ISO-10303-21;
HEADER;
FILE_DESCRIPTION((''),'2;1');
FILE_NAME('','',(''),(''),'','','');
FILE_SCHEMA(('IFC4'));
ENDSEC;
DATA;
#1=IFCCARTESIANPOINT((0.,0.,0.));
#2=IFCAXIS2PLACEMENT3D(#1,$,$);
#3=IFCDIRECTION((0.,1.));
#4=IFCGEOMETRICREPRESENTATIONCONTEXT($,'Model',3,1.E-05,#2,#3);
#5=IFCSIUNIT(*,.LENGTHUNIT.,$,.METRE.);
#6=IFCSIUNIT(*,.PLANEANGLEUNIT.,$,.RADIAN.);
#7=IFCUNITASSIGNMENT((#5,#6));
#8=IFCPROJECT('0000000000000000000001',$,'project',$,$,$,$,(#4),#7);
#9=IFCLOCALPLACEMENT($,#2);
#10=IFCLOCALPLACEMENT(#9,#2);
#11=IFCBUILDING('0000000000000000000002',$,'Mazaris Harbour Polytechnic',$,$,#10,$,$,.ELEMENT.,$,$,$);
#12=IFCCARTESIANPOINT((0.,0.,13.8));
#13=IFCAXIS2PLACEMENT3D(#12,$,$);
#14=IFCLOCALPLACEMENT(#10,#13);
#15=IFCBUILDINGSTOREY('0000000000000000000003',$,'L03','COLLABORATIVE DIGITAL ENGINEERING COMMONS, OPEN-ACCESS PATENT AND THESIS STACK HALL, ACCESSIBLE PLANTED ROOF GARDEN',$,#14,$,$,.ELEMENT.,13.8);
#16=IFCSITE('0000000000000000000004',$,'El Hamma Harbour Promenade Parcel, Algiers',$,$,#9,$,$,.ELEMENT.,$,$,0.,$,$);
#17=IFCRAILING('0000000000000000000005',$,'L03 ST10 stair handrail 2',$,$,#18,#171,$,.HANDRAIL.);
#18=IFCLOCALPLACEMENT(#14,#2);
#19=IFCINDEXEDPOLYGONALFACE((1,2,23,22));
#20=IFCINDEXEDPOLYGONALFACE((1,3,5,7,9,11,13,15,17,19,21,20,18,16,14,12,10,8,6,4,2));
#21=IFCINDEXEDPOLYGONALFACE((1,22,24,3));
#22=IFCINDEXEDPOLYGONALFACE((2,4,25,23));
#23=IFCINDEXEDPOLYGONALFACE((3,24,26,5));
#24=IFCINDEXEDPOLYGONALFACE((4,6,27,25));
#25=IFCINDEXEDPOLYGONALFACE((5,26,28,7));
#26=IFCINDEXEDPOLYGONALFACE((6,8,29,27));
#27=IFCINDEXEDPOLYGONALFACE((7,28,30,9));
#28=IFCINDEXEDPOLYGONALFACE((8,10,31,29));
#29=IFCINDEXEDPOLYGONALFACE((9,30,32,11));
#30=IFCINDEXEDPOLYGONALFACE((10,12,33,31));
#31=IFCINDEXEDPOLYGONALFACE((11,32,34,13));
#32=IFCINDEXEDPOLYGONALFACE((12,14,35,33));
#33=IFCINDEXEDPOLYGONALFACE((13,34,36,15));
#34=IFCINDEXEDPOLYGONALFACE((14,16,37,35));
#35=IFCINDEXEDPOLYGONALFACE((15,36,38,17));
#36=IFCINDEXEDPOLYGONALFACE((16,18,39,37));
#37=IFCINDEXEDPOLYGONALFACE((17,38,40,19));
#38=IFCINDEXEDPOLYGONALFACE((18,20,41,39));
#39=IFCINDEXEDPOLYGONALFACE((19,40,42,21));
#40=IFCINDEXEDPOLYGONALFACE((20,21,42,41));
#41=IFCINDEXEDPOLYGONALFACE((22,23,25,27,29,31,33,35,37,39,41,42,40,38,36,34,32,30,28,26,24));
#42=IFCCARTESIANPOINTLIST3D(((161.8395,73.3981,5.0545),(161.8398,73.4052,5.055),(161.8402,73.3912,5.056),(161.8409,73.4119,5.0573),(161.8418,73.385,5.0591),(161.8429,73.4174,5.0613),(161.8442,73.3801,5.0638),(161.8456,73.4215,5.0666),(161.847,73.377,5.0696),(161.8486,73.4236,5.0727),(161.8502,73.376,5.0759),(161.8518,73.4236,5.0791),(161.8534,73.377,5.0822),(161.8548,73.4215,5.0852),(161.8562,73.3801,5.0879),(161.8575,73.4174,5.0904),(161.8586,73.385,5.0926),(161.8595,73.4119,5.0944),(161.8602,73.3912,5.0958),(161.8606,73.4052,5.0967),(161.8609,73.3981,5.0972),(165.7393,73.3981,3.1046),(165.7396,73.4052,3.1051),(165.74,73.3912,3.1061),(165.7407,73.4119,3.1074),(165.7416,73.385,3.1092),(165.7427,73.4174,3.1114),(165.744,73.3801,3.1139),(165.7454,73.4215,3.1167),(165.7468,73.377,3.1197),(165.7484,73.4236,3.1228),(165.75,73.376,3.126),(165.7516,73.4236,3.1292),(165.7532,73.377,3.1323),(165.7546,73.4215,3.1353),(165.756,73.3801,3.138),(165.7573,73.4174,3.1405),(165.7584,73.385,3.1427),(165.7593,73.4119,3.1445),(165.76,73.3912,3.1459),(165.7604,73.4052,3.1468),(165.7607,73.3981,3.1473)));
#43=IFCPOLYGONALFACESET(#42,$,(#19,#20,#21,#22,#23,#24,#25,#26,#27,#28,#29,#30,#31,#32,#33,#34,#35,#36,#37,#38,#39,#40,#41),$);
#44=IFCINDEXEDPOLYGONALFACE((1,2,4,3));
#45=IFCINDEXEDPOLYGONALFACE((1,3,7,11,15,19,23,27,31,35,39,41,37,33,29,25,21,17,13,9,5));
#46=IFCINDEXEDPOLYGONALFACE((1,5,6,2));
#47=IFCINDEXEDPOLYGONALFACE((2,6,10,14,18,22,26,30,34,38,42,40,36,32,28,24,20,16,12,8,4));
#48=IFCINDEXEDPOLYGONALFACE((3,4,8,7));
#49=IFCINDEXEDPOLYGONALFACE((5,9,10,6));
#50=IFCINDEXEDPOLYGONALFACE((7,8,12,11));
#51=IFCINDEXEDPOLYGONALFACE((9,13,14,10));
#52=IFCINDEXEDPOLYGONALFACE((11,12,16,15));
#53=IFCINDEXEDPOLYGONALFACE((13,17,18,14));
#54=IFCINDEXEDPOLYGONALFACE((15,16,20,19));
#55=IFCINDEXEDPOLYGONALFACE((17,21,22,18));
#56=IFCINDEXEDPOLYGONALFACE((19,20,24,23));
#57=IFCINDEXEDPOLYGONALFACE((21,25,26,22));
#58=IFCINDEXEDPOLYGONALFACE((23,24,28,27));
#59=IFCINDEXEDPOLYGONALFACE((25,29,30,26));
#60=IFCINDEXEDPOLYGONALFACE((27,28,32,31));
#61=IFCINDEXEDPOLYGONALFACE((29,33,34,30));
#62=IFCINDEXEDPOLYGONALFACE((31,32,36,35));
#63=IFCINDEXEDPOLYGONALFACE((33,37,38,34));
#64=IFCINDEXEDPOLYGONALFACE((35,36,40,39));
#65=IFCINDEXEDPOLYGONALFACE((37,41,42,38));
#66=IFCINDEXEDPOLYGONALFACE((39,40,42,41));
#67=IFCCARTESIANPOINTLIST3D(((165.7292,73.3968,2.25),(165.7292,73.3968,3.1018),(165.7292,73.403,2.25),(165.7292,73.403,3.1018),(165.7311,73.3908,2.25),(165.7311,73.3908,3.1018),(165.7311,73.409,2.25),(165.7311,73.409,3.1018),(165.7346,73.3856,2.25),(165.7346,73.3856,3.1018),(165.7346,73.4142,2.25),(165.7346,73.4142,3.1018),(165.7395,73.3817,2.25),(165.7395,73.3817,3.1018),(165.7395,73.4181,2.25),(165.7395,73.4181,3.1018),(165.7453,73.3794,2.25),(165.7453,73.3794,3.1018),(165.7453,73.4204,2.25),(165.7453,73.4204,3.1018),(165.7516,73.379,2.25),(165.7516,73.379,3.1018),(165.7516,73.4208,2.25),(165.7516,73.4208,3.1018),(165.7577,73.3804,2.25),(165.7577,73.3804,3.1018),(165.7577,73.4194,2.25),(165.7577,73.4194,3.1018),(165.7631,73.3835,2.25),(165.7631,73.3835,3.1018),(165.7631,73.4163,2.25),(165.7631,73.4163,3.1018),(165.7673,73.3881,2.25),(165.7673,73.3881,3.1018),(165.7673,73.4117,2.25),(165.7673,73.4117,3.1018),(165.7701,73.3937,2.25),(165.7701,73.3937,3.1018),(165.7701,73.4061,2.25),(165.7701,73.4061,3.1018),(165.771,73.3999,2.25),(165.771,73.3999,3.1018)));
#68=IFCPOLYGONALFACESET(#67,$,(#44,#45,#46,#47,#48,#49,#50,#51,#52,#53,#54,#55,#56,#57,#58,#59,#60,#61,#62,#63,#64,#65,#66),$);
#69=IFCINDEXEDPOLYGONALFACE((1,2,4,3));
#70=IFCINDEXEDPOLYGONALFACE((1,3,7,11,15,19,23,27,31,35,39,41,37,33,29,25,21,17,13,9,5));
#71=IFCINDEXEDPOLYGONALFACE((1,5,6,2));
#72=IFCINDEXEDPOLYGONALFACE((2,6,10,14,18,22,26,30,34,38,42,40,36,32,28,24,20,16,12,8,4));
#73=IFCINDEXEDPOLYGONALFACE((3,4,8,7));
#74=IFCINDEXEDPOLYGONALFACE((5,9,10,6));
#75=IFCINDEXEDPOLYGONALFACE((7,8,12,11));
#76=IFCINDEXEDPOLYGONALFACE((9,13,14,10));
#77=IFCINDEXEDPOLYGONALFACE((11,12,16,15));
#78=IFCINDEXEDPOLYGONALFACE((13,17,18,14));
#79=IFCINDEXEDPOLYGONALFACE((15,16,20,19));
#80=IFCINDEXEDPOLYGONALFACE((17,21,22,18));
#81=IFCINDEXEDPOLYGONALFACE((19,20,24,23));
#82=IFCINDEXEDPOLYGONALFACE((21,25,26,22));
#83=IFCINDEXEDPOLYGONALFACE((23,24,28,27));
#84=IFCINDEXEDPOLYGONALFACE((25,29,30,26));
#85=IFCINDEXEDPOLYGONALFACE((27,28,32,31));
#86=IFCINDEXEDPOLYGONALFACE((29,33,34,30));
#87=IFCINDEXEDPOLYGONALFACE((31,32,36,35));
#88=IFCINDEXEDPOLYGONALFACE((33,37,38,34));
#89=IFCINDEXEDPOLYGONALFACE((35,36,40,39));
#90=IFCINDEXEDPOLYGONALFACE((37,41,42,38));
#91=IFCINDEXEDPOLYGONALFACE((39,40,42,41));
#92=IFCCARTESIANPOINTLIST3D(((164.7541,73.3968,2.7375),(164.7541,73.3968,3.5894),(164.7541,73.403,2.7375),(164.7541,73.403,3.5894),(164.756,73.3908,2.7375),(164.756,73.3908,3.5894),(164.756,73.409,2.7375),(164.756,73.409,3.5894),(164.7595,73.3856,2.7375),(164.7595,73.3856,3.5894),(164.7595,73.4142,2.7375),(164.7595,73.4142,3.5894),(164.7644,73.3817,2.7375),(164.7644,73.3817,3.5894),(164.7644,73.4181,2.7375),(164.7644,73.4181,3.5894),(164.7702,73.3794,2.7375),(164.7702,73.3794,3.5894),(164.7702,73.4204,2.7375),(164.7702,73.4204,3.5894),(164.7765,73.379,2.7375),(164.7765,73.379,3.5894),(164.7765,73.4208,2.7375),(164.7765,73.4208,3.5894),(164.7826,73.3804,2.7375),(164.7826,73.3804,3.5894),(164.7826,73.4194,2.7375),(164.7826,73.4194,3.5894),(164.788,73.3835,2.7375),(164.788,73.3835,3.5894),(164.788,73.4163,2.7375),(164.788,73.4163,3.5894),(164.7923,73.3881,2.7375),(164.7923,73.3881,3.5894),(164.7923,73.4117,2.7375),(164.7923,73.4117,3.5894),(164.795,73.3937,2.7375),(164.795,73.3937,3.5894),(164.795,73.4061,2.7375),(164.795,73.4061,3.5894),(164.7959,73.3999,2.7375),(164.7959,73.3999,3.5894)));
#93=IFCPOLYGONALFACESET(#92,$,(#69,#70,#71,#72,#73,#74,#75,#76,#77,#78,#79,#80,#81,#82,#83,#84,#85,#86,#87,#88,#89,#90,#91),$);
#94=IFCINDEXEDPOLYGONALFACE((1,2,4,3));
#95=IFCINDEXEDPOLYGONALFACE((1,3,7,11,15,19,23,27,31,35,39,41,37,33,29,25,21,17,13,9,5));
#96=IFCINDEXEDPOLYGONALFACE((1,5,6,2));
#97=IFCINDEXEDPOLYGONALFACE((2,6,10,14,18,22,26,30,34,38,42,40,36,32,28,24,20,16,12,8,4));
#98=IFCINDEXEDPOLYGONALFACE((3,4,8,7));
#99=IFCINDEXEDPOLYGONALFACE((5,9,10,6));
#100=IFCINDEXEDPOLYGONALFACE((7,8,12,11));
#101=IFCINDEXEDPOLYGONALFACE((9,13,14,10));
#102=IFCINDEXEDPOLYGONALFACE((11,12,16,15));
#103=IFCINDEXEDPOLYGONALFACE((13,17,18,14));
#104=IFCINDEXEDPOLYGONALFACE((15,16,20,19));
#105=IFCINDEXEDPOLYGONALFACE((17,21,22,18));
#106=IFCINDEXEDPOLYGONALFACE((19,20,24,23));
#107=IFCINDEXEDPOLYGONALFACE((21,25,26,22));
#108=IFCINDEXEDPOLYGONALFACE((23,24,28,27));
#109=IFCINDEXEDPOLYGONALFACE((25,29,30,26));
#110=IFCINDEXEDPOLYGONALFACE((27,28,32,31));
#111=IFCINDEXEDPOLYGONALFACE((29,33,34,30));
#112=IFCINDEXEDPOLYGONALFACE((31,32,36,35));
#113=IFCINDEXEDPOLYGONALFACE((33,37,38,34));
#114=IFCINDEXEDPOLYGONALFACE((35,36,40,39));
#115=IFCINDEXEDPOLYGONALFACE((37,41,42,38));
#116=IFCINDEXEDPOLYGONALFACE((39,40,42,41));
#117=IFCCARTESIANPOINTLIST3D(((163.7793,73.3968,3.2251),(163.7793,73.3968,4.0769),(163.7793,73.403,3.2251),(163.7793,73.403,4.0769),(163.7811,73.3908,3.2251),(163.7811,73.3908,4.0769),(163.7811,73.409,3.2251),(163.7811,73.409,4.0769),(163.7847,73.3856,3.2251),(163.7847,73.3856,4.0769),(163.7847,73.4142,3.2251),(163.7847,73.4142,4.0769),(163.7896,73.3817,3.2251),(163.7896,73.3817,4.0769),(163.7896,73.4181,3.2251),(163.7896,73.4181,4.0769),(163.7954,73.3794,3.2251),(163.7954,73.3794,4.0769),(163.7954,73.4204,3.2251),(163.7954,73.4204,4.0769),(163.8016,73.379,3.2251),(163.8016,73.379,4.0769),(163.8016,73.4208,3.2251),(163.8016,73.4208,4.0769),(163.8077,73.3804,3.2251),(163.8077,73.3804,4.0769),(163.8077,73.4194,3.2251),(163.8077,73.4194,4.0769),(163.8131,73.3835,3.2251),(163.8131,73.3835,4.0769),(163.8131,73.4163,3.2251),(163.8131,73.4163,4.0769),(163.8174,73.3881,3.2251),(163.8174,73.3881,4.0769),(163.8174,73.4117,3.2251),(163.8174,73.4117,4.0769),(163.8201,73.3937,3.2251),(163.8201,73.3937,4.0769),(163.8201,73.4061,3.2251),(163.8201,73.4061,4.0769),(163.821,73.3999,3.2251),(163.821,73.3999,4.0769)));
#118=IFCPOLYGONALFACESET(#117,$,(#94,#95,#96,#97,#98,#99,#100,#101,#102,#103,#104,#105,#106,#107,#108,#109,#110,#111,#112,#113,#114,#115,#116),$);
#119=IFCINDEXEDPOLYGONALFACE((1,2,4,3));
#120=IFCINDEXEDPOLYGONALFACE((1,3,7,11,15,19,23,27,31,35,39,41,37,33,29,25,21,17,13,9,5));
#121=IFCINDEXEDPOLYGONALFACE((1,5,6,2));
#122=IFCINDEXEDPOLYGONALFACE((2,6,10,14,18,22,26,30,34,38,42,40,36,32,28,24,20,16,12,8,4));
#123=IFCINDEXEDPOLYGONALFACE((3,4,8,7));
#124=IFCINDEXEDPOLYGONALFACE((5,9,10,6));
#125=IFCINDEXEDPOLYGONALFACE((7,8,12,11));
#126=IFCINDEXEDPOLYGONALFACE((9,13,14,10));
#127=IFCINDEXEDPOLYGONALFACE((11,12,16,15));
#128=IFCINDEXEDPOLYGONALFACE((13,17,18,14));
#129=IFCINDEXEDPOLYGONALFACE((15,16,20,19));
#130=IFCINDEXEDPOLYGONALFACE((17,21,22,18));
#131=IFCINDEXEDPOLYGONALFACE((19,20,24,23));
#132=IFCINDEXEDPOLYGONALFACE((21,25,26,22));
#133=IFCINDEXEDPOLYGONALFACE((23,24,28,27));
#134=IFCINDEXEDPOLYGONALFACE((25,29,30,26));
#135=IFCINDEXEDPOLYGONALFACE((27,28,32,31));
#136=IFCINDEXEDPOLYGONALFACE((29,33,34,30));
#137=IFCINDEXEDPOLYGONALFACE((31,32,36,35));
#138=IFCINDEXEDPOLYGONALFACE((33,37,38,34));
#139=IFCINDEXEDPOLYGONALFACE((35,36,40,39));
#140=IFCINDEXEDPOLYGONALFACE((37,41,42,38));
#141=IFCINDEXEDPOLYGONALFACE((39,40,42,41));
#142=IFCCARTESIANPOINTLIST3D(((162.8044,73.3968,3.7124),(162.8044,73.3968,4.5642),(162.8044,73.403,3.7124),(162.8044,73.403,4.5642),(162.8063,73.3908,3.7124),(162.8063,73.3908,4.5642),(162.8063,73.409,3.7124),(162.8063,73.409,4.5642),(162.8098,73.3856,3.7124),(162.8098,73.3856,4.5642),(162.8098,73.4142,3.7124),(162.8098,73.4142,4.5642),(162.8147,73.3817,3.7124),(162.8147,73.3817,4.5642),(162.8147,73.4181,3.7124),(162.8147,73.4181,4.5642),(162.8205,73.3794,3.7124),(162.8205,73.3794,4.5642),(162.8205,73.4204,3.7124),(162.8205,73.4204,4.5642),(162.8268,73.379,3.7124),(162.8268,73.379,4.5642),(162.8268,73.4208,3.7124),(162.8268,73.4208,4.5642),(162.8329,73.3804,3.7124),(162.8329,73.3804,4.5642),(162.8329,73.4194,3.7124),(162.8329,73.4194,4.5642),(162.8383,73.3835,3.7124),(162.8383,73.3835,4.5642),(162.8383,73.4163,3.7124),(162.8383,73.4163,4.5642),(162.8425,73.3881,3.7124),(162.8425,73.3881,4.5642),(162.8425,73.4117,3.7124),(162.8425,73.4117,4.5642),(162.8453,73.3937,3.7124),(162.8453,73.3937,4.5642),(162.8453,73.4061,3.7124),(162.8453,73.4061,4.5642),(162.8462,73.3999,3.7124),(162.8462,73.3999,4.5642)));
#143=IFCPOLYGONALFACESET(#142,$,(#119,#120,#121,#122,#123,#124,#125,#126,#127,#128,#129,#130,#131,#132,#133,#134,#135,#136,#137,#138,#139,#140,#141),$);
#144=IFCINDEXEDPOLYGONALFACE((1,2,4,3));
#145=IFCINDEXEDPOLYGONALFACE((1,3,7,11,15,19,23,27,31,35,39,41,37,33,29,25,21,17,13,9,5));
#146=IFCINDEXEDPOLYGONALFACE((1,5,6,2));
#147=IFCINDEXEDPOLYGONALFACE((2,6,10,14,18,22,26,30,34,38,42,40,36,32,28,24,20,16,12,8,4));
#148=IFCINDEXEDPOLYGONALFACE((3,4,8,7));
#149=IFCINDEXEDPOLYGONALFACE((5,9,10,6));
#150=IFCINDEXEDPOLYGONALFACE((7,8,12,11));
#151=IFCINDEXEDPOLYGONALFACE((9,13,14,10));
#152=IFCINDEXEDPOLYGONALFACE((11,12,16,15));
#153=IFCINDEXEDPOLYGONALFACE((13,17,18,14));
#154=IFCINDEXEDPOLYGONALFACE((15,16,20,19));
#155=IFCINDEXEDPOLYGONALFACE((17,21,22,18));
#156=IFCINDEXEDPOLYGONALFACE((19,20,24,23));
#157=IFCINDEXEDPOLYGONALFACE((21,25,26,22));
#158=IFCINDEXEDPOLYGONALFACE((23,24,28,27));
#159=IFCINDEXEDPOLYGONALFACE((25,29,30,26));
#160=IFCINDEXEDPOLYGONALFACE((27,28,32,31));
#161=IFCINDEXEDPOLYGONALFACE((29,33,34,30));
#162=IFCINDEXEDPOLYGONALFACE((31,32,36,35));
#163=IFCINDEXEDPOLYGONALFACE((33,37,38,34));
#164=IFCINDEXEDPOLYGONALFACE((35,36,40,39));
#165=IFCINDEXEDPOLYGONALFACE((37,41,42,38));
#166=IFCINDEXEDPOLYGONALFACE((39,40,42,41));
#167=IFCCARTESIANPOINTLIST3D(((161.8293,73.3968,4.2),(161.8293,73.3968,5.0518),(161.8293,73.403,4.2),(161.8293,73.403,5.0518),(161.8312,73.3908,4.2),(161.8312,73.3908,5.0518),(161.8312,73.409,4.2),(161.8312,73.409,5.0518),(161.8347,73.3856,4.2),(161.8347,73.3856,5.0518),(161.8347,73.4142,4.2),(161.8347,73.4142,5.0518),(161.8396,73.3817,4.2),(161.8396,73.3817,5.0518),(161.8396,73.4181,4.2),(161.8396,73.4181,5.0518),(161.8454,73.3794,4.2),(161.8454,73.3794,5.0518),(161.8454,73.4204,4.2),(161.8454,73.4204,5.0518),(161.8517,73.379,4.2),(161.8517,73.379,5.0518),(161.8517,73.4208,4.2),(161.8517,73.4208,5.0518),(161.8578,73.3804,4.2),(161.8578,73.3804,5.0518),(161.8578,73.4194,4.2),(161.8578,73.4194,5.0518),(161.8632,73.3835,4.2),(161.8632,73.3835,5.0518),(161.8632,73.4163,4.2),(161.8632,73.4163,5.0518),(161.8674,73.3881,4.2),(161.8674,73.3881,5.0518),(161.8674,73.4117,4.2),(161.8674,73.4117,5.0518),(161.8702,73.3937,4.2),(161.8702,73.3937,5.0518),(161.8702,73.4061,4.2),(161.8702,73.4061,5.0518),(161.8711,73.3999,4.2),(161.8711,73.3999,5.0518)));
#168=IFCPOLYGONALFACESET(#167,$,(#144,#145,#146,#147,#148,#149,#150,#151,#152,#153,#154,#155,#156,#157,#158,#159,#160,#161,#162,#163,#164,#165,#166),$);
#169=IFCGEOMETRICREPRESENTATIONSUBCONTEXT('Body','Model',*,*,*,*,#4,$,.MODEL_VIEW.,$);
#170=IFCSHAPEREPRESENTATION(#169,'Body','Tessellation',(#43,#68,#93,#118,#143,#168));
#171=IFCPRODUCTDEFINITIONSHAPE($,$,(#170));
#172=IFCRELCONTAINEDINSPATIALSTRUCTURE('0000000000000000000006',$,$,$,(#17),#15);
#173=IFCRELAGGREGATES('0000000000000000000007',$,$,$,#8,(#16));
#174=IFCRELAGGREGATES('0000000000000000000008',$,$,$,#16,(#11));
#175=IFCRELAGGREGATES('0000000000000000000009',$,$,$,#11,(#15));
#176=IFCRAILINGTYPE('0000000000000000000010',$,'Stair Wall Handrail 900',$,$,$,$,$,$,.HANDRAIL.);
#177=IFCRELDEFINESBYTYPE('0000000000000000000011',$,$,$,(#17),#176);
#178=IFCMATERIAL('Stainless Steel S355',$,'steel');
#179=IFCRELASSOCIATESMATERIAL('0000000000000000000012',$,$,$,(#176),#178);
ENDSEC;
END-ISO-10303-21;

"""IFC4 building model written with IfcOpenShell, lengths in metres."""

from ifc_helpers import new_model, si_unit, direction, frame, origin, origin_2d, place, context, subcontext, project, spatial, circle, extrude, material, type_object, element, save


model = new_model("IFC4")

# Units and contexts
model_context = context("Model", 3, precision=1e-05, world=origin(), true_north=direction((0.0, 1.0)))
body_context = subcontext(model_context, "Body", "Model", "MODEL_VIEW")
ifc_project = project(units=[si_unit("LENGTHUNIT", "METRE"), si_unit("PLANEANGLEUNIT", "RADIAN")], contexts=[model_context])

# Site, building, storey
site_placement = place(None, origin())
site = spatial("IfcSite", under=ifc_project, at=site_placement, Name="El Hamma Harbour Promenade Parcel, Algiers", CompositionType="ELEMENT", RefElevation=0.0)
building_placement = place(site_placement, origin())
building = spatial("IfcBuilding", under=site, at=building_placement, Name="Mazaris Harbour Polytechnic", CompositionType="ELEMENT")
storey_placement = place(building_placement, frame((0.0, 0.0, 13.8)))
storey = spatial("IfcBuildingStorey", under=building, at=storey_placement, Name="L03", Description="COLLABORATIVE DIGITAL ENGINEERING COMMONS, OPEN-ACCESS PATENT AND THESIS STACK HALL, ACCESSIBLE PLANTED ROOF GARDEN", CompositionType="ELEMENT", Elevation=13.8)

# Railing
ifc_material_1 = material(Name="Stainless Steel S355", Category="steel")
railing_type_1 = type_object("IfcRailingType", Name="Stair Wall Handrail 900", PredefinedType="HANDRAIL", material=ifc_material_1)
railing_1_placement = place(storey_placement, frame((165.75, 73.3999, 2.25)))
element("IfcRailing", 1, at=railing_1_placement, inside=storey, type_object=railing_type_1, Name="L03 ST10 stair handrail 2", PredefinedType="HANDRAIL", context=body_context, shape_type="SweptSolid", body=[
    extrude(circle(Radius=0.0239, at=origin_2d()), frame((0.0, 0.0, 0.876), z_axis=(-0.894427, 0.0, 0.447214), x_axis=(0.0, -1.0, 0.0)), (0.0, 0.0, 1.0), 4.3601),
    extrude(circle(Radius=0.021, at=origin_2d()), origin(), (0.0, 0.0, 1.0), 0.8518),
    extrude(circle(Radius=0.021, at=origin_2d()), frame((-0.9751, 0.0, 0.4875)), (0.0, 0.0, 1.0), 0.8518),
    extrude(circle(Radius=0.021, at=origin_2d()), frame((-1.95, 0.0, 0.9751)), (0.0, 0.0, 1.0), 0.8518),
    extrude(circle(Radius=0.021, at=origin_2d()), frame((-2.9248, 0.0, 1.4624)), (0.0, 0.0, 1.0), 0.8518),
    extrude(circle(Radius=0.021, at=origin_2d()), frame((-3.8999, 0.0, 1.95)), (0.0, 0.0, 1.0), 0.8518),
])

save(model, "model.ifc")
